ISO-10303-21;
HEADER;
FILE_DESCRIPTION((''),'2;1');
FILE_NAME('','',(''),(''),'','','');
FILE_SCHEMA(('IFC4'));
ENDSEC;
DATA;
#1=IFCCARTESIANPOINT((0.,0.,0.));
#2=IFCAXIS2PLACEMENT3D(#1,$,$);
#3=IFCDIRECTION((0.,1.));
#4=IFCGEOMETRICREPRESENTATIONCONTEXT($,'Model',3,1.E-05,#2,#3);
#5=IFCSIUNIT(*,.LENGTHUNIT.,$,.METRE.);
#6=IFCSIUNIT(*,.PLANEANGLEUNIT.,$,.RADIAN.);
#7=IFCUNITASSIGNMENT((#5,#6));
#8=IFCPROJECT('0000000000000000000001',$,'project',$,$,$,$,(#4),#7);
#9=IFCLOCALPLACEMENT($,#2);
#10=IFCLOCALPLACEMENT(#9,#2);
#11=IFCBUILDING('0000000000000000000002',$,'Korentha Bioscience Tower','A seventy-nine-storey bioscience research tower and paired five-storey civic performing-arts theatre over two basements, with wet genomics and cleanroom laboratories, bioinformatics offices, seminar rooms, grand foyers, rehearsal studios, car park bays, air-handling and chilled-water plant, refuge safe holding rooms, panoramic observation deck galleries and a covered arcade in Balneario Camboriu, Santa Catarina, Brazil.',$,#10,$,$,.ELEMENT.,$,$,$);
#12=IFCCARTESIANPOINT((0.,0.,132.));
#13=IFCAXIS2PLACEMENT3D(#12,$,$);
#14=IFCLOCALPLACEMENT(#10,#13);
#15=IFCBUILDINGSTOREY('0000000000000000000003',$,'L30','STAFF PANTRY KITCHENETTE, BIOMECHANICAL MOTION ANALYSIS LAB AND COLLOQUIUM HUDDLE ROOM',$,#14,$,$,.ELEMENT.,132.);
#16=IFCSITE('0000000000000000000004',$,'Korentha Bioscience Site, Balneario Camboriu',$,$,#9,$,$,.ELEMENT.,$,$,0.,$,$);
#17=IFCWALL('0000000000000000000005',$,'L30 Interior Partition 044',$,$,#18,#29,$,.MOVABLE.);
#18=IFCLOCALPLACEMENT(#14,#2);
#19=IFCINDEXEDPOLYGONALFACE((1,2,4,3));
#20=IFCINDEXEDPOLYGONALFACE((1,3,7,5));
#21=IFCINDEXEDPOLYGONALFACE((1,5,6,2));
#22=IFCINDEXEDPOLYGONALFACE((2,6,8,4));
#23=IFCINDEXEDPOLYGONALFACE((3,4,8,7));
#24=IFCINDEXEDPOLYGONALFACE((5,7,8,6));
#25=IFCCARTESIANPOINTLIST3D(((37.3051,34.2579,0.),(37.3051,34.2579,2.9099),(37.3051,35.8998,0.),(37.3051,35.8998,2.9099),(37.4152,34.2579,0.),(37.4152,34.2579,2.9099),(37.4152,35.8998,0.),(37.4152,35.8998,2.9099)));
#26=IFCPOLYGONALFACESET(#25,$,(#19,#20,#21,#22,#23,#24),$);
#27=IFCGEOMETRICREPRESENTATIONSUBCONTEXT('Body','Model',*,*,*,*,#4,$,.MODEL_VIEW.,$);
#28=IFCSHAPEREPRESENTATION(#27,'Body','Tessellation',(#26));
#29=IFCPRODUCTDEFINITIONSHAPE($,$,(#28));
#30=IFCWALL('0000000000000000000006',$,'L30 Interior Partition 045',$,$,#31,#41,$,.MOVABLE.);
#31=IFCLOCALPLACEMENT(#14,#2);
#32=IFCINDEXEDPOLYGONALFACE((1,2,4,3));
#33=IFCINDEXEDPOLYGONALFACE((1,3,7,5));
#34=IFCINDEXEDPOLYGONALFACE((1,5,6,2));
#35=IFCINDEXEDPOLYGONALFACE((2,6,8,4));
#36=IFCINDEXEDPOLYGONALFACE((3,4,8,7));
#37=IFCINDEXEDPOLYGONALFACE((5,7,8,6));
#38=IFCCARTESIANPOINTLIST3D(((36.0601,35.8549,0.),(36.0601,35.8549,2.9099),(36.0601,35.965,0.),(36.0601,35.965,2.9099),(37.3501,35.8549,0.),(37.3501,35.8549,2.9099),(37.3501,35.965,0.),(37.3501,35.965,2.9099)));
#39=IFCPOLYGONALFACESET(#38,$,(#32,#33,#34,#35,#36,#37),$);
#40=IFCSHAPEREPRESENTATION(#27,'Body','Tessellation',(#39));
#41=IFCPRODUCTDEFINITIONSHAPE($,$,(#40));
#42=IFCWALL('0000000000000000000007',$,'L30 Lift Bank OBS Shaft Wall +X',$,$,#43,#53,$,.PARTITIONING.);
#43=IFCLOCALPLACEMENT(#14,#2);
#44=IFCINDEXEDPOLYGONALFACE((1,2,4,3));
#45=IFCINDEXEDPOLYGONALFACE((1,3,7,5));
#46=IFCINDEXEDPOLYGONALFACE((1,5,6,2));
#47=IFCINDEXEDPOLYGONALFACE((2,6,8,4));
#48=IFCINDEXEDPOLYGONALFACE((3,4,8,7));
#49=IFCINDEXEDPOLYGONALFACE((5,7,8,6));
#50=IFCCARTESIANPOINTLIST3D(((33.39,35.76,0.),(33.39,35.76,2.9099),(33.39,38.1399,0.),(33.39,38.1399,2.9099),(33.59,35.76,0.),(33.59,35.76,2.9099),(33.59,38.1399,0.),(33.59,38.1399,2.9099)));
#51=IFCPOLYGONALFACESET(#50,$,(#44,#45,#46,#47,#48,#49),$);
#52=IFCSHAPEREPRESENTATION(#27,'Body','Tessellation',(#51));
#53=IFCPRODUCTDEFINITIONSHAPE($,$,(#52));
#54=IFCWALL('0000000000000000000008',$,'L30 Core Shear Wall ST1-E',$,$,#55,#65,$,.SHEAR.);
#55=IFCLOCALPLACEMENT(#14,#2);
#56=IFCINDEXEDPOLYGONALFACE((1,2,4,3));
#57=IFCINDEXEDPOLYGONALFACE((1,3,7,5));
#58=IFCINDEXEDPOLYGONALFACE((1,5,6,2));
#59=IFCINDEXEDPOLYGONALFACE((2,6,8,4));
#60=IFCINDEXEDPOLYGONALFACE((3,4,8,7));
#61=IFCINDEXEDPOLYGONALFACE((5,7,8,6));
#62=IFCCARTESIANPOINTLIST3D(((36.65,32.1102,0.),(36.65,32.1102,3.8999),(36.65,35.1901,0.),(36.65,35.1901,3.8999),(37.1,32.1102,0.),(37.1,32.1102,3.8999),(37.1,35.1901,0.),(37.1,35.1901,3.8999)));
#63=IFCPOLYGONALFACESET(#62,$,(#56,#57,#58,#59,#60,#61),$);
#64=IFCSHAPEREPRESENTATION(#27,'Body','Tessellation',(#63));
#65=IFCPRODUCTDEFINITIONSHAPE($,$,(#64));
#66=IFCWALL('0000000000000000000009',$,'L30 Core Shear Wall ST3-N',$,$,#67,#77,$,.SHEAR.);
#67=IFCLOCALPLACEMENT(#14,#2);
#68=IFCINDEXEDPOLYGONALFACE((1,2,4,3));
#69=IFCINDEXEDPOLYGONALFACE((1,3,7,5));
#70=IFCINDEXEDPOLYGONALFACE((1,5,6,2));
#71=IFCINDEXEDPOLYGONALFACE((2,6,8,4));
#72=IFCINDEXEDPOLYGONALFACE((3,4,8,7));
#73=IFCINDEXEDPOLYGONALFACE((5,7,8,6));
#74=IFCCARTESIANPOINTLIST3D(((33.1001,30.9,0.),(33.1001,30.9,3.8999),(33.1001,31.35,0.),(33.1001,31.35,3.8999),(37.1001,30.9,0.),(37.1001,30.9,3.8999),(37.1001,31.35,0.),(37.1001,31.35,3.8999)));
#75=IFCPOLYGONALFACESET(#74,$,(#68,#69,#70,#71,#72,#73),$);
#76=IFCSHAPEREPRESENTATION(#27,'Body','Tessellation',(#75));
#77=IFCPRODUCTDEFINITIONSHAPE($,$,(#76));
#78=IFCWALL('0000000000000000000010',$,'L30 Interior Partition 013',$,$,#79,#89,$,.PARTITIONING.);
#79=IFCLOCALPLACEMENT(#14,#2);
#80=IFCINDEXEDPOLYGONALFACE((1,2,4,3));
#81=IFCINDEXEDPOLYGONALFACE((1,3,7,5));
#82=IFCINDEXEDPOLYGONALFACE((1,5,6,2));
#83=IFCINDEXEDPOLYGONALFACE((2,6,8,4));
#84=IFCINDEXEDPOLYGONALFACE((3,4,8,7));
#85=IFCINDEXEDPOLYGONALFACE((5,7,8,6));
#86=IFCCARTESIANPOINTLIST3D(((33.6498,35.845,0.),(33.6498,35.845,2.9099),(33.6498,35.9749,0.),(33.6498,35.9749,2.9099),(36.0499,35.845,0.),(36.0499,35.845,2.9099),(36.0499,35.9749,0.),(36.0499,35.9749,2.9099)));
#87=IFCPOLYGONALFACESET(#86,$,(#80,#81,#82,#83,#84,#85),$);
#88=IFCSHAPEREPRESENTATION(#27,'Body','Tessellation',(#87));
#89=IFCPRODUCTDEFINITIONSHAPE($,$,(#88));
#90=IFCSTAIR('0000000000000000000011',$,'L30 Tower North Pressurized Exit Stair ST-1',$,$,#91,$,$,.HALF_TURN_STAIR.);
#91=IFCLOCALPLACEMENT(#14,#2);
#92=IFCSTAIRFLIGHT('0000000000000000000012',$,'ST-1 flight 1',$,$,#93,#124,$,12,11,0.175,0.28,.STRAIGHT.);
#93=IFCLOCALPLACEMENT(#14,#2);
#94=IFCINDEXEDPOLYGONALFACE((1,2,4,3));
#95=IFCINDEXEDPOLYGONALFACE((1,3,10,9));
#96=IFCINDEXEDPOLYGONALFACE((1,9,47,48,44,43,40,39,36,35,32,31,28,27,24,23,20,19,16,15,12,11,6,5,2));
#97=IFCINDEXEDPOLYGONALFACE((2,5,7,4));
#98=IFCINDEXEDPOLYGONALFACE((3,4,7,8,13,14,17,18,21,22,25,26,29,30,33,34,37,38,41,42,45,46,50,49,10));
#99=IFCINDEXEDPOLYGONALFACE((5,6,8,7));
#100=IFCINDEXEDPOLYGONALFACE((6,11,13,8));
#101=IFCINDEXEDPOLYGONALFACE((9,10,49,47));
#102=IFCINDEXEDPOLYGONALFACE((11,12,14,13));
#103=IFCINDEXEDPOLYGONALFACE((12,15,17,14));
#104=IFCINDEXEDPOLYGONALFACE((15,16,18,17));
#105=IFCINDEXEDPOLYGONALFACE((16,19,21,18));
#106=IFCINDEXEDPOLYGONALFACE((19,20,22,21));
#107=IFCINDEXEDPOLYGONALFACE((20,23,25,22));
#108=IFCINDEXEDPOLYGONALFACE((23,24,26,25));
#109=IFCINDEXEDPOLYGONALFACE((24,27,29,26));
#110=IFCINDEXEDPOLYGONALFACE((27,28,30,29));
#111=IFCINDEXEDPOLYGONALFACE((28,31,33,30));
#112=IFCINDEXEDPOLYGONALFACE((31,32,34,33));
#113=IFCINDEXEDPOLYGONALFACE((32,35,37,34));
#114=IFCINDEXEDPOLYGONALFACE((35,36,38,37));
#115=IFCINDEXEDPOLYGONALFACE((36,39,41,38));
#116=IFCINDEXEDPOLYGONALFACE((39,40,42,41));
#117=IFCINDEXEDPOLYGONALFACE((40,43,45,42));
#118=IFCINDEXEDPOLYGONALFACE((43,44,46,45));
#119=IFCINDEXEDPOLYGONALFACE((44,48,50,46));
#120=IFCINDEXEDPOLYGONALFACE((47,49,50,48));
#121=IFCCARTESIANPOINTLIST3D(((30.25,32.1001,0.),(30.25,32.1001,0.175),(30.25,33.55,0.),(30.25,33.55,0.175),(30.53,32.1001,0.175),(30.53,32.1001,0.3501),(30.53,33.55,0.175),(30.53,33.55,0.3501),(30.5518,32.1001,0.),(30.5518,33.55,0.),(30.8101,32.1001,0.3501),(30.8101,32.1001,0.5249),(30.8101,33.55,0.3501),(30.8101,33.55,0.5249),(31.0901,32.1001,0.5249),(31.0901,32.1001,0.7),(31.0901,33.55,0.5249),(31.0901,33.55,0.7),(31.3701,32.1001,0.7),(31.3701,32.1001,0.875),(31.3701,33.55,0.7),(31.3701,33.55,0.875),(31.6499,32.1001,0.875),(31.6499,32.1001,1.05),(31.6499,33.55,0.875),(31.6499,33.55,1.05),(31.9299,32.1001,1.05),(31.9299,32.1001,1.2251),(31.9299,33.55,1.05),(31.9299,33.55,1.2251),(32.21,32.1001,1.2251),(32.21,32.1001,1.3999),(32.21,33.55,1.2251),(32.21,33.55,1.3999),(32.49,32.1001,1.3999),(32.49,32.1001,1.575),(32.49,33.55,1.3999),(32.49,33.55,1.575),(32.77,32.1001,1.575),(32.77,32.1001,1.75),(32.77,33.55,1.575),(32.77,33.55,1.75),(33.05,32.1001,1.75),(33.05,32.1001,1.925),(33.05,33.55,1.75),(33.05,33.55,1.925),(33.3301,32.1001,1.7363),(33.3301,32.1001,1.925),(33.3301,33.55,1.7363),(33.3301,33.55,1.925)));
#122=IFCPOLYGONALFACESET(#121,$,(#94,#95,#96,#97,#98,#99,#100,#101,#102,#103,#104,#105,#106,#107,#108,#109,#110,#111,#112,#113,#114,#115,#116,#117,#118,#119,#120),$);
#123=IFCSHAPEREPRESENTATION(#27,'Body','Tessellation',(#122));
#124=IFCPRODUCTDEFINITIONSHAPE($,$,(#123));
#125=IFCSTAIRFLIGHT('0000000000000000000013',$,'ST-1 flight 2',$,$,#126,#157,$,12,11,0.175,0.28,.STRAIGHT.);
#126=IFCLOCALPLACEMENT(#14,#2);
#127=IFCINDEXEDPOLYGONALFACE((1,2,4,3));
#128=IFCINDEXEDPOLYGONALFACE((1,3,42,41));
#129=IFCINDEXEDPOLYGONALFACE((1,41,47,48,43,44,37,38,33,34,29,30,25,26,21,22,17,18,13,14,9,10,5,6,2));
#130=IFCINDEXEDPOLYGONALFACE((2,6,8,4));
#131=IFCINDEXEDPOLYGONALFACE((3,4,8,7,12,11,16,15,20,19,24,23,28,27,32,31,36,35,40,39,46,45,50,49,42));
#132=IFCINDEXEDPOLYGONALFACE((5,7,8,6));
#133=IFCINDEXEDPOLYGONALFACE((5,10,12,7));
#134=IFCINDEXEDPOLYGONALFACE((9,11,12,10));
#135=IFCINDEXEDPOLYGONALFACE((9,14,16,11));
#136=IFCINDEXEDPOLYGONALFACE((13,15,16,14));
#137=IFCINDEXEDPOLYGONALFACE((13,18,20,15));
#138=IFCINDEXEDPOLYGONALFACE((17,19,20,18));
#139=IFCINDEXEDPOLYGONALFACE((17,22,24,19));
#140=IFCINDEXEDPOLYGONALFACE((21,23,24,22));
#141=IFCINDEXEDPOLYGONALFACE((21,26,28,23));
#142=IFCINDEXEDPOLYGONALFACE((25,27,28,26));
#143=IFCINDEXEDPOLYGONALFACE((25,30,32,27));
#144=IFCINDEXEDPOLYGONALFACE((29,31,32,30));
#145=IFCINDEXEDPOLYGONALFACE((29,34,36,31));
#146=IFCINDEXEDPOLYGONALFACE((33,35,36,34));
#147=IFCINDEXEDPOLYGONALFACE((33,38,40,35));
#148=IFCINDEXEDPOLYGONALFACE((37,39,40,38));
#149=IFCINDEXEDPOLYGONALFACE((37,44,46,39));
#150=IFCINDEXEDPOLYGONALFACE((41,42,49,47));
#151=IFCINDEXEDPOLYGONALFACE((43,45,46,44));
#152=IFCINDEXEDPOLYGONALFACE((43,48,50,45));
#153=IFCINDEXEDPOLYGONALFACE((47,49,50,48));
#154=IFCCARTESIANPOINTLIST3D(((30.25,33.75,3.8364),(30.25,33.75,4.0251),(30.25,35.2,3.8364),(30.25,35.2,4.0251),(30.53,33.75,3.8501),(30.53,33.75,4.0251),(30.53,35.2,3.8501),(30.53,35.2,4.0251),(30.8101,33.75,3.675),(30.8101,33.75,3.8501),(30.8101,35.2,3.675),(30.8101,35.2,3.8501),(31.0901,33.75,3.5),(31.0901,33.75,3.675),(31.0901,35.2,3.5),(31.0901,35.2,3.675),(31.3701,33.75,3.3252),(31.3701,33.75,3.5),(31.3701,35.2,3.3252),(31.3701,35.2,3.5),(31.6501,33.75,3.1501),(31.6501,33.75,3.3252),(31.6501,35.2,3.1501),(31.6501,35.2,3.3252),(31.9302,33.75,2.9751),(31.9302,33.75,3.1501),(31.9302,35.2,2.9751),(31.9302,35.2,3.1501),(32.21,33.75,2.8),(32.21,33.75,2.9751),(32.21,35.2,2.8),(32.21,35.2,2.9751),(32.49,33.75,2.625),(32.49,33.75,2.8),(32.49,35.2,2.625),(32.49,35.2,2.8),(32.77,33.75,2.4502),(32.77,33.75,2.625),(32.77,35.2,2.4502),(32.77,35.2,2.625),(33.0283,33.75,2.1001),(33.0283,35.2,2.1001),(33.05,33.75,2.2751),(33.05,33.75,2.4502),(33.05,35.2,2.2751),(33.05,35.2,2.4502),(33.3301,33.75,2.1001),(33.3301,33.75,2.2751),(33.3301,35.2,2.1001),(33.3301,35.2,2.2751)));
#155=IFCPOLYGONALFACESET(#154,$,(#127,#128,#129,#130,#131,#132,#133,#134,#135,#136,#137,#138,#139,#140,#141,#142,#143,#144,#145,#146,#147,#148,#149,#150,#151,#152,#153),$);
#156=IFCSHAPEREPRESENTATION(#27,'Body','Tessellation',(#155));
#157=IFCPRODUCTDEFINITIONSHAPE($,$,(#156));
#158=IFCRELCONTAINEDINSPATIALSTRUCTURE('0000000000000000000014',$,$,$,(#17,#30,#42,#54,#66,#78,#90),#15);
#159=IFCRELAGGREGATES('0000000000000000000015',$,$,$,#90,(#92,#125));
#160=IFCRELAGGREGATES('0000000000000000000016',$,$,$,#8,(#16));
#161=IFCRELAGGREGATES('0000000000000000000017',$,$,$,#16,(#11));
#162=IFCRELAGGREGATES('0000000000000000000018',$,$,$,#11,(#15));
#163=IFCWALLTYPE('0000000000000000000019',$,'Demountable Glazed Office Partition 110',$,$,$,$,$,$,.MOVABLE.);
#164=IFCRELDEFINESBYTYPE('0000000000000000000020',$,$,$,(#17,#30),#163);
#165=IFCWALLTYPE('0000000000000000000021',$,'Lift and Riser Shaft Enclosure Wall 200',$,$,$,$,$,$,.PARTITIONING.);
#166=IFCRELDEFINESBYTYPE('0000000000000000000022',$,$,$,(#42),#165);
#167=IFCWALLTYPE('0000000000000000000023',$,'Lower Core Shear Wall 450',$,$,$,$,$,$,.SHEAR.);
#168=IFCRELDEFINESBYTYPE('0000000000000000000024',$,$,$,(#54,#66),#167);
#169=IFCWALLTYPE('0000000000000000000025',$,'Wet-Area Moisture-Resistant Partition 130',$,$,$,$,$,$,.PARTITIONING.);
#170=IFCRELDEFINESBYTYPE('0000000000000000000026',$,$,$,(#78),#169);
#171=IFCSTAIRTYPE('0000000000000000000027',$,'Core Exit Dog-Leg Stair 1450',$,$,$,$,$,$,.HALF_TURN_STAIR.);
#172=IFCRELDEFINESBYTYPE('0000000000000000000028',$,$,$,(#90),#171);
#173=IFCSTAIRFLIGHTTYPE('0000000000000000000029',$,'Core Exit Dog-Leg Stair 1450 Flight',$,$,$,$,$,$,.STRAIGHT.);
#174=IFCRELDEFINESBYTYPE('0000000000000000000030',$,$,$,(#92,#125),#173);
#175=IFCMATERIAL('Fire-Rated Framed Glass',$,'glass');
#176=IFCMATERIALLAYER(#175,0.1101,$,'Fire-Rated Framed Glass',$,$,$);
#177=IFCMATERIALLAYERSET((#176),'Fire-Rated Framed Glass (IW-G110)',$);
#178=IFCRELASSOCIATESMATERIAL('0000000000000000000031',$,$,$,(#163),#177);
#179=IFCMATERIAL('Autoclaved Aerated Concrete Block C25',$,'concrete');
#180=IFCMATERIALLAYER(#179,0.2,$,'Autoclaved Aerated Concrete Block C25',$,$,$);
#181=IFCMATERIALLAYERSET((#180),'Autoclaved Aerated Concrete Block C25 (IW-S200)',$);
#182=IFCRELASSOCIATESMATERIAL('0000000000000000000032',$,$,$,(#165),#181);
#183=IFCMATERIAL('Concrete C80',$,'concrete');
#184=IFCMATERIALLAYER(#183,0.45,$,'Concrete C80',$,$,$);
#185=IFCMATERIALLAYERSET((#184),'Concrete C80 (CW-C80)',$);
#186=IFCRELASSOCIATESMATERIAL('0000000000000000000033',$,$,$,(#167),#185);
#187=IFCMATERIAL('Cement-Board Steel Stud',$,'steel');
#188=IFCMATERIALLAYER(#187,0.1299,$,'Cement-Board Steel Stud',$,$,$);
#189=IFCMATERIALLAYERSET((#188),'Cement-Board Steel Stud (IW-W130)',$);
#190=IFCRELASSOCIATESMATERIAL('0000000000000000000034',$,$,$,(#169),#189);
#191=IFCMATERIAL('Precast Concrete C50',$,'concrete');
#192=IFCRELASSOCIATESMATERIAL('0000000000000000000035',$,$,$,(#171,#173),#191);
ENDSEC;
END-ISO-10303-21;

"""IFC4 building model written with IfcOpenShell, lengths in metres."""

from ifc_helpers import new_model, si_unit, direction, frame, frame_2d, origin, place, context, subcontext, project, spatial, polyline, rectangle, outline, extrude, material, layer, layer_set, type_object, element, aggregate, save


model = new_model("IFC4")

# Units and contexts
model_context = context("Model", 3, precision=1e-05, world=origin(), true_north=direction((0.0, 1.0)))
body_context = subcontext(model_context, "Body", "Model", "MODEL_VIEW")
ifc_project = project(units=[si_unit("LENGTHUNIT", "METRE"), si_unit("PLANEANGLEUNIT", "RADIAN")], contexts=[model_context])

# Site, building, storey
site_placement = place(None, origin())
site = spatial("IfcSite", under=ifc_project, at=site_placement, Name="Korentha Bioscience Site, Balneario Camboriu", CompositionType="ELEMENT", RefElevation=0.0)
building_placement = place(site_placement, origin())
building = spatial("IfcBuilding", under=site, at=building_placement, Name="Korentha Bioscience Tower", Description="A seventy-nine-storey bioscience research tower and paired five-storey civic performing-arts theatre over two basements, with wet genomics and cleanroom laboratories, bioinformatics offices, seminar rooms, grand foyers, rehearsal studios, car park bays, air-handling and chilled-water plant, refuge safe holding rooms, panoramic observation deck galleries and a covered arcade in Balneario Camboriu, Santa Catarina, Brazil.", CompositionType="ELEMENT")
storey_placement = place(building_placement, frame((0.0, 0.0, 132.0)))
storey = spatial("IfcBuildingStorey", under=building, at=storey_placement, Name="L30", Description="STAFF PANTRY KITCHENETTE, BIOMECHANICAL MOTION ANALYSIS LAB AND COLLOQUIUM HUDDLE ROOM", CompositionType="ELEMENT", Elevation=132.0)

# Walls
ifc_material_1 = material(Name="Fire-Rated Framed Glass", Category="glass")
ifc_layer_1 = layer(ifc_material_1, 0.1101, Name="Fire-Rated Framed Glass")
ifc_layer_set_1 = layer_set([ifc_layer_1], Name="Fire-Rated Framed Glass (IW-G110)")
wall_type_1 = type_object("IfcWallType", Name="Demountable Glazed Office Partition 110", PredefinedType="MOVABLE", material=ifc_layer_set_1)
wall_1_placement = place(storey_placement, frame((37.3601, 34.2581, 0.0), z_axis=(0.0, 0.0, 1.0), x_axis=(0.0, 1.0, 0.0)))
element("IfcWall", 1, at=wall_1_placement, inside=storey, type_object=wall_type_1, Name="L30 Interior Partition 044", PredefinedType="MOVABLE", context=body_context, shape_type="SweptSolid", body=[
    extrude(rectangle(XDim=1.6418, YDim=0.1101, at=frame_2d((0.8208, 0.0))), origin(), (0.0, 0.0, 1.0), 2.9099),
])
wall_2_placement = place(storey_placement, frame((37.3501, 35.9099, 0.0), z_axis=(0.0, 0.0, 1.0), x_axis=(-1.0, 0.0, 0.0)))
element("IfcWall", 2, at=wall_2_placement, inside=storey, type_object=wall_type_1, Name="L30 Interior Partition 045", PredefinedType="MOVABLE", context=body_context, shape_type="SweptSolid", body=[
    extrude(rectangle(XDim=1.29, YDim=0.1101, at=frame_2d((0.645, 0.0))), origin(), (0.0, 0.0, 1.0), 2.9099),
])
ifc_material_2 = material(Name="Autoclaved Aerated Concrete Block C25", Category="concrete")
ifc_layer_2 = layer(ifc_material_2, 0.2, Name="Autoclaved Aerated Concrete Block C25")
ifc_layer_set_2 = layer_set([ifc_layer_2], Name="Autoclaved Aerated Concrete Block C25 (IW-S200)")
wall_type_2 = type_object("IfcWallType", Name="Lift and Riser Shaft Enclosure Wall 200", PredefinedType="PARTITIONING", material=ifc_layer_set_2)
wall_3_placement = place(storey_placement, frame((33.49, 35.76, 0.0), z_axis=(0.0, 0.0, 1.0), x_axis=(0.0, 1.0, 0.0)))
element("IfcWall", 3, at=wall_3_placement, inside=storey, type_object=wall_type_2, Name="L30 Lift Bank OBS Shaft Wall +X", PredefinedType="PARTITIONING", context=body_context, shape_type="SweptSolid", body=[
    extrude(rectangle(XDim=2.3799, YDim=0.2, at=frame_2d((1.1899, 0.0))), origin(), (0.0, 0.0, 1.0), 2.9099),
])
ifc_material_3 = material(Name="Concrete C80", Category="concrete")
ifc_layer_3 = layer(ifc_material_3, 0.45, Name="Concrete C80")
ifc_layer_set_3 = layer_set([ifc_layer_3], Name="Concrete C80 (CW-C80)")
wall_type_3 = type_object("IfcWallType", Name="Lower Core Shear Wall 450", PredefinedType="SHEAR", material=ifc_layer_set_3)
wall_4_placement = place(storey_placement, frame((36.875, 32.1101, 0.0), z_axis=(0.0, 0.0, 1.0), x_axis=(0.0, 1.0, 0.0)))
element("IfcWall", 4, at=wall_4_placement, inside=storey, type_object=wall_type_3, Name="L30 Core Shear Wall ST1-E", PredefinedType="SHEAR", context=body_context, shape_type="SweptSolid", body=[
    extrude(rectangle(XDim=3.0798, YDim=0.45, at=frame_2d((1.54, 0.0))), origin(), (0.0, 0.0, 1.0), 3.8999),
])
wall_5_placement = place(storey_placement, frame((33.1001, 31.125, 0.0), z_axis=(0.0, 0.0, 1.0), x_axis=(1.0, 0.0, 0.0)))
element("IfcWall", 5, at=wall_5_placement, inside=storey, type_object=wall_type_3, Name="L30 Core Shear Wall ST3-N", PredefinedType="SHEAR", context=body_context, shape_type="SweptSolid", body=[
    extrude(rectangle(XDim=4.0, YDim=0.45, at=frame_2d((2.0, 0.0))), origin(), (0.0, 0.0, 1.0), 3.8999),
])
ifc_material_4 = material(Name="Cement-Board Steel Stud", Category="steel")
ifc_layer_4 = layer(ifc_material_4, 0.1299, Name="Cement-Board Steel Stud")
ifc_layer_set_4 = layer_set([ifc_layer_4], Name="Cement-Board Steel Stud (IW-W130)")
wall_type_4 = type_object("IfcWallType", Name="Wet-Area Moisture-Resistant Partition 130", PredefinedType="PARTITIONING", material=ifc_layer_set_4)
wall_6_placement = place(storey_placement, frame((36.05, 35.9099, 0.0), z_axis=(0.0, 0.0, 1.0), x_axis=(-1.0, 0.0, 0.0)))
element("IfcWall", 6, at=wall_6_placement, inside=storey, type_object=wall_type_4, Name="L30 Interior Partition 013", PredefinedType="PARTITIONING", context=body_context, shape_type="SweptSolid", body=[
    extrude(rectangle(XDim=2.4001, YDim=0.1299, at=frame_2d((1.2002, 0.0))), origin(), (0.0, 0.0, 1.0), 2.9099),
])

# Stair, stair flights
ifc_material_5 = material(Name="Precast Concrete C50", Category="concrete")
stair_type = type_object("IfcStairType", Name="Core Exit Dog-Leg Stair 1450", PredefinedType="HALF_TURN_STAIR", material=ifc_material_5)
stair_1_placement = place(storey_placement, origin())
stair_1 = element("IfcStair", 7, at=stair_1_placement, inside=storey, type_object=stair_type, Name="L30 Tower North Pressurized Exit Stair ST-1", PredefinedType="HALF_TURN_STAIR")
stair_flight_type = type_object("IfcStairFlightType", Name="Core Exit Dog-Leg Stair 1450 Flight", PredefinedType="STRAIGHT", material=ifc_material_5)
stair_flight_1_placement = place(storey_placement, frame((30.25, 32.825, 0.0), z_axis=(0.0, 0.0, 1.0), x_axis=(1.0, 0.0, 0.0)))
stair_flight_1 = element("IfcStairFlight", 8, at=stair_flight_1_placement, type_object=stair_flight_type, Name="ST-1 flight 1", NumberOfRisers=12, NumberOfTreads=11, PredefinedType="STRAIGHT", RiserHeight=0.175, TreadLength=0.28, context=body_context, shape_type="SweptSolid", body=[
    extrude(outline(polyline([(0.0, 0.0), (0.0, 0.175), (0.28, 0.175), (0.28, 0.3501), (0.5601, 0.3501), (0.5601, 0.5249), (0.8401, 0.5249), (0.8401, 0.7), (1.1201, 0.7), (1.1201, 0.875), (1.3999, 0.875), (1.3999, 1.05), (1.6799, 1.05), (1.6799, 1.2251), (1.96, 1.2251), (1.96, 1.3999), (2.24, 1.3999), (2.24, 1.575), (2.52, 1.575), (2.52, 1.75), (2.8, 1.75), (2.8, 1.925), (3.0801, 1.925), (3.0801, 2.1001), (3.0801, 1.7363), (0.3018, 0.0), (0.0, 0.0)])), frame((0.0, 0.7251, 0.0), z_axis=(0.0, -1.0, 0.0), x_axis=(1.0, 0.0, 0.0)), (0.0, 0.0, 1.0), 1.45),
])
stair_flight_2_placement = place(storey_placement, frame((33.3301, 34.4751, 2.1001), z_axis=(0.0, 0.0, 1.0), x_axis=(-1.0, 0.0, 0.0)))
stair_flight_2 = element("IfcStairFlight", 9, at=stair_flight_2_placement, type_object=stair_flight_type, Name="ST-1 flight 2", NumberOfRisers=12, NumberOfTreads=11, PredefinedType="STRAIGHT", RiserHeight=0.175, TreadLength=0.28, context=body_context, shape_type="SweptSolid", body=[
    extrude(outline(polyline([(0.0, 0.0), (0.0, 0.175), (0.28, 0.175), (0.28, 0.3501), (0.5601, 0.3501), (0.5601, 0.5249), (0.8401, 0.5249), (0.8401, 0.7), (1.1201, 0.7), (1.1201, 0.875), (1.3999, 0.875), (1.3999, 1.05), (1.6799, 1.05), (1.6799, 1.2251), (1.96, 1.2251), (1.96, 1.3999), (2.24, 1.3999), (2.24, 1.575), (2.52, 1.575), (2.52, 1.75), (2.8, 1.75), (2.8, 1.925), (3.0801, 1.925), (3.0801, 2.1001), (3.0801, 1.7363), (0.3018, 0.0), (0.0, 0.0)])), frame((0.0, 0.7251, 0.0), z_axis=(0.0, -1.0, 0.0), x_axis=(1.0, 0.0, 0.0)), (0.0, 0.0, 1.0), 1.45),
])
aggregate(stair_1, [stair_flight_1, stair_flight_2])

save(model, "model.ifc")
